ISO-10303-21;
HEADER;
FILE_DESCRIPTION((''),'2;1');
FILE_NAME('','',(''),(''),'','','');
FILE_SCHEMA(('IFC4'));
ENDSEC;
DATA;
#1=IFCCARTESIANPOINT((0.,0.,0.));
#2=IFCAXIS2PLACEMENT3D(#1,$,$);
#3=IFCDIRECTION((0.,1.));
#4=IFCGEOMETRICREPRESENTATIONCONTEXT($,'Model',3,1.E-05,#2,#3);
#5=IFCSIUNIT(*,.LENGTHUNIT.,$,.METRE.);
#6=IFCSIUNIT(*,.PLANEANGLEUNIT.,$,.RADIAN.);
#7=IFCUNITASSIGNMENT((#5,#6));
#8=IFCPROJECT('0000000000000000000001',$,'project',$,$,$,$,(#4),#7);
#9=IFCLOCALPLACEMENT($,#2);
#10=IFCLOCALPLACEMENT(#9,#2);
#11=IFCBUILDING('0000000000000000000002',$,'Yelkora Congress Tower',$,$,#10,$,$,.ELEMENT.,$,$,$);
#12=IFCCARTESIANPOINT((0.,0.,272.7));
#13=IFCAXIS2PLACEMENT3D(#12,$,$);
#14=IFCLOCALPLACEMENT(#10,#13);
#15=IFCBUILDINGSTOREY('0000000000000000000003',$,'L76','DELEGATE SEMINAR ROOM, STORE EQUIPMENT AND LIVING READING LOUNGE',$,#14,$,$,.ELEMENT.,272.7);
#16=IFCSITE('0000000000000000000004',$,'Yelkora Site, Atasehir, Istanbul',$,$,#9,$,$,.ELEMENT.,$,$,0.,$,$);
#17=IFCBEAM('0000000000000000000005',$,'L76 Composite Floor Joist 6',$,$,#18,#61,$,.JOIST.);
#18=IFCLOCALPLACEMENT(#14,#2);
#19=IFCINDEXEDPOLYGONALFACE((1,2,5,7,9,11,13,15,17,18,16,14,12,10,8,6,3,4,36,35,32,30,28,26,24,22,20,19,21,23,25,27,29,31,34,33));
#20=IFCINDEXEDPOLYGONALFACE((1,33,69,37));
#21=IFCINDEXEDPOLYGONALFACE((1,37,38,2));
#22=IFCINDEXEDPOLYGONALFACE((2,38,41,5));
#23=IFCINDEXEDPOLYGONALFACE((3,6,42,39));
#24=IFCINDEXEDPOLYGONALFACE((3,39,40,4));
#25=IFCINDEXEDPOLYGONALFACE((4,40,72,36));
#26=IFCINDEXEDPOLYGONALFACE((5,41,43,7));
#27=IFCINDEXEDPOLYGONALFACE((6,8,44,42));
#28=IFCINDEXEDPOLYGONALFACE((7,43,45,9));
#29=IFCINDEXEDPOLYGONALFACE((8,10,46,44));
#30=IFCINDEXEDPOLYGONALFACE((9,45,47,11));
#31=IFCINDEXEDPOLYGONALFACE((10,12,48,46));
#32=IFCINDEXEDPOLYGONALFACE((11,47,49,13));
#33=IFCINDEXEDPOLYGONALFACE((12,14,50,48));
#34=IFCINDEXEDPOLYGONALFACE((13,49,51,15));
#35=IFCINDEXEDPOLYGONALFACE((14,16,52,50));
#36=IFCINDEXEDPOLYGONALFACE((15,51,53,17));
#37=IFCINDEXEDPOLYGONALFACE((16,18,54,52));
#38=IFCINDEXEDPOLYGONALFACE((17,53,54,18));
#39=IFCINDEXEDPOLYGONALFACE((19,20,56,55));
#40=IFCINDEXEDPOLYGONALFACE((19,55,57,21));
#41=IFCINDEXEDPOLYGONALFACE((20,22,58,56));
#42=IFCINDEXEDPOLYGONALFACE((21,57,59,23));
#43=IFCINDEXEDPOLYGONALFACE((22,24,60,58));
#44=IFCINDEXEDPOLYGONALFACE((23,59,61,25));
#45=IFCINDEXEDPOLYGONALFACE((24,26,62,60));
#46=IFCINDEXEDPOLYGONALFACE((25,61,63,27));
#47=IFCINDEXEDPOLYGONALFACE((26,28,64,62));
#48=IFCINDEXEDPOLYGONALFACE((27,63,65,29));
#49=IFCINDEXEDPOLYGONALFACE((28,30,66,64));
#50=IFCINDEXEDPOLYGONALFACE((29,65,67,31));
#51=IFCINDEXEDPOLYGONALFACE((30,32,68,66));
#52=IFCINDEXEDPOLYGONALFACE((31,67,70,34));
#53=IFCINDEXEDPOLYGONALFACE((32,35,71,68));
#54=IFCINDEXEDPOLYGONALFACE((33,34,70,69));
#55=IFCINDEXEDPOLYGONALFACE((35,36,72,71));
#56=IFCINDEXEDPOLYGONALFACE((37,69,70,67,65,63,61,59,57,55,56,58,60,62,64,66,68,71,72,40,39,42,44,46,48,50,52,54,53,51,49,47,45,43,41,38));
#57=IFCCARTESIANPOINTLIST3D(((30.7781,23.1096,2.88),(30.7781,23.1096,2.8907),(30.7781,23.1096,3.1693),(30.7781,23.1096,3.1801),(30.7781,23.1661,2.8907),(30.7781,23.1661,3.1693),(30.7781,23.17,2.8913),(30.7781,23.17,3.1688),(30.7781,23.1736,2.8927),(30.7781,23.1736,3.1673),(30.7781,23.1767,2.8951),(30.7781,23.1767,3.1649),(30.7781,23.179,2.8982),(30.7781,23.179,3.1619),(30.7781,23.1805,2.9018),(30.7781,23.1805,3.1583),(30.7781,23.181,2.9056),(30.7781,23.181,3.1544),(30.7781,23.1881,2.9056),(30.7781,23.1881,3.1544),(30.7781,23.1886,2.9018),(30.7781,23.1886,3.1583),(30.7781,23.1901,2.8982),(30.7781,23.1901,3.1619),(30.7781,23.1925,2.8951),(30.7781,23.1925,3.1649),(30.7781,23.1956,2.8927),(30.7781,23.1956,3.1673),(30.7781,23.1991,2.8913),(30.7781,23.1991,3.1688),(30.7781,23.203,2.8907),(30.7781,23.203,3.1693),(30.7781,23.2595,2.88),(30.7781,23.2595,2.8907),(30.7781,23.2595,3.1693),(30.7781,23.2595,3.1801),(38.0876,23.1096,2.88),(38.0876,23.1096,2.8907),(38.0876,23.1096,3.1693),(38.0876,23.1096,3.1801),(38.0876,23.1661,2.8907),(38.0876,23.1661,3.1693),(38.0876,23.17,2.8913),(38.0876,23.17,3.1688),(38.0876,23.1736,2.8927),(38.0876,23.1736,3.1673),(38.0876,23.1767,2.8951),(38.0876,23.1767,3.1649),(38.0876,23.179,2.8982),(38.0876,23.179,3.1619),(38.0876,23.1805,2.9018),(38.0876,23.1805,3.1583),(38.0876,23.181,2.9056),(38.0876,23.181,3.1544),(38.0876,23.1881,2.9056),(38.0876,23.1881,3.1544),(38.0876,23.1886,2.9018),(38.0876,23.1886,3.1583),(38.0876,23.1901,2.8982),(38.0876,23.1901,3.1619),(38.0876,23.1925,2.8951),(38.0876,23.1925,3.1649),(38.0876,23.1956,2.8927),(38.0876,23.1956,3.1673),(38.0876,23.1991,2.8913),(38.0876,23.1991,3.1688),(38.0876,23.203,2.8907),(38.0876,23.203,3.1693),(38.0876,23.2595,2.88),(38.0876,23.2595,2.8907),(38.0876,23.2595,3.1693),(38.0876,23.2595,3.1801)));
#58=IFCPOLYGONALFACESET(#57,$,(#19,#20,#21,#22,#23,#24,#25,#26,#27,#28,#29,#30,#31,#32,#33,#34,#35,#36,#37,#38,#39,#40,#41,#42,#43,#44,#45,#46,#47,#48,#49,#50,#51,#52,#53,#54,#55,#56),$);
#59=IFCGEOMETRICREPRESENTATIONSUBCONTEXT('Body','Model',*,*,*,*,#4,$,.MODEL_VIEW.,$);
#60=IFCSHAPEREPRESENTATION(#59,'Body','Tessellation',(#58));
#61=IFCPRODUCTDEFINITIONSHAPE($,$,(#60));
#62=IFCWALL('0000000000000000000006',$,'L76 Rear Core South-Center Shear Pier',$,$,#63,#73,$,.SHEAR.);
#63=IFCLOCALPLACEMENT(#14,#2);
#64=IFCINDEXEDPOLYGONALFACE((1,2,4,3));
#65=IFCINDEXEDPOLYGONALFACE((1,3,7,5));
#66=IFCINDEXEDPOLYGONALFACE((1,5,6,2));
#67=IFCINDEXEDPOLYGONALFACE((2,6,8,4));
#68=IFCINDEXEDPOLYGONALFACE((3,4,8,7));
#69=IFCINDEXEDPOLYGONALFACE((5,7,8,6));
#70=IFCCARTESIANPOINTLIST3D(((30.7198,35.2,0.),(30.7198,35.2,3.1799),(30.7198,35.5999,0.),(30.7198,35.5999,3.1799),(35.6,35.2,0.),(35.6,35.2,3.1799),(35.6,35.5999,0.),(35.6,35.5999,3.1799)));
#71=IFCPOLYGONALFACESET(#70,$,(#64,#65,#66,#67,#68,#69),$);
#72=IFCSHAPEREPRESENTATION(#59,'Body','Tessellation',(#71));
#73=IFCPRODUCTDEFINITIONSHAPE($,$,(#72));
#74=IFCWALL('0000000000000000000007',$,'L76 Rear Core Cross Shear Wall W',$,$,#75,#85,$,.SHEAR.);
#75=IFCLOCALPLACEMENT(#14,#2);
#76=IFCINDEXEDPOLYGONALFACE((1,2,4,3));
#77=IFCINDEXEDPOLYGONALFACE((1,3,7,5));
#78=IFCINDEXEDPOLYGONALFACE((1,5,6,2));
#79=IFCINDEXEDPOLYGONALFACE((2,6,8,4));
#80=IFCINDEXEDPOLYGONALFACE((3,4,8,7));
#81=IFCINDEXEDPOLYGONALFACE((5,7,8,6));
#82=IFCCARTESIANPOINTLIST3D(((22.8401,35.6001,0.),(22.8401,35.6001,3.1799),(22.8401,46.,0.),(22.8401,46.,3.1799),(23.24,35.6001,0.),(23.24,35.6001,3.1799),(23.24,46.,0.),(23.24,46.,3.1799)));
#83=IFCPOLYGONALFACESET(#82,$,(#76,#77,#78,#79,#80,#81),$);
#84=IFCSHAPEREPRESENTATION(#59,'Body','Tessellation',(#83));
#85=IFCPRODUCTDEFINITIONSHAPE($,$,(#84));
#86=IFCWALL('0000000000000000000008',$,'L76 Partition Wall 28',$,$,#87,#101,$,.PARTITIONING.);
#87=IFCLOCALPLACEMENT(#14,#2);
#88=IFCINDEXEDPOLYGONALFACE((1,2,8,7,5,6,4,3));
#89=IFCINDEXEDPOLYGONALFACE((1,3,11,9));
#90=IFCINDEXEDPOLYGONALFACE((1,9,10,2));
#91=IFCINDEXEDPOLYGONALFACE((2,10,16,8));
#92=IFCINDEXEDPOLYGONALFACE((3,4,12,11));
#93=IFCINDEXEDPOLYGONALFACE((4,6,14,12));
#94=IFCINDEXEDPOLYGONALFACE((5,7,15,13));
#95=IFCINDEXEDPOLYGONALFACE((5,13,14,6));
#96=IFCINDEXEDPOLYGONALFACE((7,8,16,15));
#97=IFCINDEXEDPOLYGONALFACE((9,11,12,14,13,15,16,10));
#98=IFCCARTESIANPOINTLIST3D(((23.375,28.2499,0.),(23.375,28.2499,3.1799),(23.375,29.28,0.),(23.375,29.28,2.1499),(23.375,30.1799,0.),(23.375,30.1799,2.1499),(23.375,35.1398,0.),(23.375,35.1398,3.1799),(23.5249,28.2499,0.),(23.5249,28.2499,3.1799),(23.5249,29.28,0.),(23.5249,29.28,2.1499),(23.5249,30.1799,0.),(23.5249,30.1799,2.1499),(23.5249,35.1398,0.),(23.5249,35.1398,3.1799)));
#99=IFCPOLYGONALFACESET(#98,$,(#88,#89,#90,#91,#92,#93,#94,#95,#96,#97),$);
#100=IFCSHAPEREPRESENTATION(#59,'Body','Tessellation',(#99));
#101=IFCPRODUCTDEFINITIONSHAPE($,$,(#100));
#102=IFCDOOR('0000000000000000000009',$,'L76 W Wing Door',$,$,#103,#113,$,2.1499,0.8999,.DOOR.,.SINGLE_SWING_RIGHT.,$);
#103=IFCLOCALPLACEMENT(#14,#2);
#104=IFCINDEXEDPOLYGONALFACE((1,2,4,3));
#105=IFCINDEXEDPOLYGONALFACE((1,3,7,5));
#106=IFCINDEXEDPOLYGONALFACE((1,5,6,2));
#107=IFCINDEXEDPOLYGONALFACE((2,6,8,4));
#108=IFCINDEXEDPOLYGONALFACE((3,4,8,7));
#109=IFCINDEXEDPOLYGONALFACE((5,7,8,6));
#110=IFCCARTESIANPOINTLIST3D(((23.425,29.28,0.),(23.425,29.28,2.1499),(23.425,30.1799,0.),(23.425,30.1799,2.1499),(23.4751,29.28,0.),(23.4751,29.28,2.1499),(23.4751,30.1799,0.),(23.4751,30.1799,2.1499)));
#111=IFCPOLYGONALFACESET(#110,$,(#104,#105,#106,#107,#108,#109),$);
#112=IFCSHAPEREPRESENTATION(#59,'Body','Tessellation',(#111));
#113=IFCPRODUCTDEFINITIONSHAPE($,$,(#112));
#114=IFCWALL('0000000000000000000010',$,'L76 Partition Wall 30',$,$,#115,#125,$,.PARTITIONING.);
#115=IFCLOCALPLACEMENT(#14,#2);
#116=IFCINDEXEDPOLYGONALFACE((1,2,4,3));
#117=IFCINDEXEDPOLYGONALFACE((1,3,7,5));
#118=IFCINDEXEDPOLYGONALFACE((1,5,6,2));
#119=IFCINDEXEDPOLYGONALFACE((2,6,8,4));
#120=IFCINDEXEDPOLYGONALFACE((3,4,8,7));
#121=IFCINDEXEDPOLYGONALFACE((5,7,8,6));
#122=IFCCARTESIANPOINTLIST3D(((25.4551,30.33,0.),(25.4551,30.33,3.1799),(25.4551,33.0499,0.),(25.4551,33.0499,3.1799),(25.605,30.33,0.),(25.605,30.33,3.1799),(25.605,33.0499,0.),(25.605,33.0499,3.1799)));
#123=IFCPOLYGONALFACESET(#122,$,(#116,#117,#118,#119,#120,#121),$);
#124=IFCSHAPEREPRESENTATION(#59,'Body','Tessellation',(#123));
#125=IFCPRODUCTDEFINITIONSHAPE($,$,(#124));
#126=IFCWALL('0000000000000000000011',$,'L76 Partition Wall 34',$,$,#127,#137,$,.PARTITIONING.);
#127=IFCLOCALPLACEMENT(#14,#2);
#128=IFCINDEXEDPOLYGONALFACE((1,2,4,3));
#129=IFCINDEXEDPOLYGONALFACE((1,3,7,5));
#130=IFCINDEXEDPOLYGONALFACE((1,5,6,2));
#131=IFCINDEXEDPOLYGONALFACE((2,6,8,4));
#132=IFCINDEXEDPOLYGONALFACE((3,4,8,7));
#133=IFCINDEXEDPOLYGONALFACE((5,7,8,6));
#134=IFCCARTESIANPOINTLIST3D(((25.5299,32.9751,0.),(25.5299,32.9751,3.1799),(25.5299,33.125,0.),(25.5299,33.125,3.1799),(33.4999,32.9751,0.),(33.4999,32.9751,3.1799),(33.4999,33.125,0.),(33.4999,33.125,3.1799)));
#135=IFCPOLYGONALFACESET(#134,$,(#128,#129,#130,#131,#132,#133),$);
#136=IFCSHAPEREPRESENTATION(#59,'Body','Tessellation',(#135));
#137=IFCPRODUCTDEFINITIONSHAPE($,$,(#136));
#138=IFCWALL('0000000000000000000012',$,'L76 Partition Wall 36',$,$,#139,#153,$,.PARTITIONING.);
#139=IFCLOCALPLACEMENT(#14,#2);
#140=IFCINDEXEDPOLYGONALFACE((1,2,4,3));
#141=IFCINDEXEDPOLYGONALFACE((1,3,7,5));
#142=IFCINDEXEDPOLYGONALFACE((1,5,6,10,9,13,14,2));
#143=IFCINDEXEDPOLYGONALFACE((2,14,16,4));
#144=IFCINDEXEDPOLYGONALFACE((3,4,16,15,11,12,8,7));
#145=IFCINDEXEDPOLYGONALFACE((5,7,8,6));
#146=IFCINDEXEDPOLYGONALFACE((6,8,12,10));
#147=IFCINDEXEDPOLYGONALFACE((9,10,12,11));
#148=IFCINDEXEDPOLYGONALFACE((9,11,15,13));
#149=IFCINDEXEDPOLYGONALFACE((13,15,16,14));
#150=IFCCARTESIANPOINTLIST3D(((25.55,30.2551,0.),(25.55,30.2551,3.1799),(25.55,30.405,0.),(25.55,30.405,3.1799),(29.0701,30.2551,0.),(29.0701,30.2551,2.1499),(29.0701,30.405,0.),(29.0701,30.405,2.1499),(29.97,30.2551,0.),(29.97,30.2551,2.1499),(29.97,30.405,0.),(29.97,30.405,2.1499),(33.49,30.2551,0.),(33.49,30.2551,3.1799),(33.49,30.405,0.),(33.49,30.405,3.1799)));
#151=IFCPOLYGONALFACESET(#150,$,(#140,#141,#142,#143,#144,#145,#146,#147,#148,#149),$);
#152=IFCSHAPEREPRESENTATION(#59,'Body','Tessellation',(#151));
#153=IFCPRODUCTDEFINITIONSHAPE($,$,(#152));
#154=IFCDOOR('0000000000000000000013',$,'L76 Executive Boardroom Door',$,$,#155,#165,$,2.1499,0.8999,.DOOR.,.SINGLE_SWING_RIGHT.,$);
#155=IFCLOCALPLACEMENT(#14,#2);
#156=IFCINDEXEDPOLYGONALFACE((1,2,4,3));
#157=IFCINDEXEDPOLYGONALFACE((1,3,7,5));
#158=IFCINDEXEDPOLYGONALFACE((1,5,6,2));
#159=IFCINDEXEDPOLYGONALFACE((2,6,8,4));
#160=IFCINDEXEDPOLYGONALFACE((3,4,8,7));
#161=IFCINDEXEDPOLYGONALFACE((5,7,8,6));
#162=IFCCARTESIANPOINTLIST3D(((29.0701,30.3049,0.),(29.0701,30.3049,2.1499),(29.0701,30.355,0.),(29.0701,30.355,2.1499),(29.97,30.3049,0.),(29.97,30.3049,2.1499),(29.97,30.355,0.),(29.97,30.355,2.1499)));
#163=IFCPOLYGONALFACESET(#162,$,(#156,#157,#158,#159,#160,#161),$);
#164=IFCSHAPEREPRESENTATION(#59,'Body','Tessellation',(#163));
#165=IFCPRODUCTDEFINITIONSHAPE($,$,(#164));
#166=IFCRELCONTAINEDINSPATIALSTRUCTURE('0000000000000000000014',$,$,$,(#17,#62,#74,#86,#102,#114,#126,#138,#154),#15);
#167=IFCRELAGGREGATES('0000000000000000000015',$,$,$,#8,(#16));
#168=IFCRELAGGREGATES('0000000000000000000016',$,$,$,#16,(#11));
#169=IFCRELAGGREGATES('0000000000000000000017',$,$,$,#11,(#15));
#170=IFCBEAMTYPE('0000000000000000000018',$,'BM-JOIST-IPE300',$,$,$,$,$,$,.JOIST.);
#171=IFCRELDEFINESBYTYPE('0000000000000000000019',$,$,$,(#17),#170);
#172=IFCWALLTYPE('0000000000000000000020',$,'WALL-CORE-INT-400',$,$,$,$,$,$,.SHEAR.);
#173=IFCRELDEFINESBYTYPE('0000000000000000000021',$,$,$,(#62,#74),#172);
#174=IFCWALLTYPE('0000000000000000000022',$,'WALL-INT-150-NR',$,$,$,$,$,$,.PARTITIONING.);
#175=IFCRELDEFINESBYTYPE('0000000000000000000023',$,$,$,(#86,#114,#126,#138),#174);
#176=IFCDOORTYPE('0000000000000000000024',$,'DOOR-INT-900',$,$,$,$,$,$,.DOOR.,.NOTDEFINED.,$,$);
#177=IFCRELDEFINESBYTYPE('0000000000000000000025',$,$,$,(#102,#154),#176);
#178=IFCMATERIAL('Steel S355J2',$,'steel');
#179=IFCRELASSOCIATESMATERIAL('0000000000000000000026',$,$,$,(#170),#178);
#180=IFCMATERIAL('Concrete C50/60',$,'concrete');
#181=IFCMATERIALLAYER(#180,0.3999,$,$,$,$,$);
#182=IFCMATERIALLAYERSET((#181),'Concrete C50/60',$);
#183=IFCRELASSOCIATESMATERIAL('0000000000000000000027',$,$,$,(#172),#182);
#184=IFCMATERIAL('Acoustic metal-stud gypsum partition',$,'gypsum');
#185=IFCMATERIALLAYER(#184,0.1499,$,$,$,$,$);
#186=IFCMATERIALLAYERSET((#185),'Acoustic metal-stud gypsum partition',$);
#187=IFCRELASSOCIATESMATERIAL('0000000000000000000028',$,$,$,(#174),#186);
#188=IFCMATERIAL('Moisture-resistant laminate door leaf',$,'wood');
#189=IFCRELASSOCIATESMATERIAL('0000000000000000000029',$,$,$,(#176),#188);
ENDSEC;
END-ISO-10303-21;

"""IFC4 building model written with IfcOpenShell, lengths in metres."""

from ifc_helpers import new_model, si_unit, direction, frame, frame_2d, origin, origin_2d, place, context, subcontext, project, spatial, rectangle, i_section, extrude, material, layer, layer_set, material_profile, profile_set, type_object, element, fill, save


model = new_model("IFC4")

# Units and contexts
model_context = context("Model", 3, precision=1e-05, world=origin(), true_north=direction((0.0, 1.0)))
body_context = subcontext(model_context, "Body", "Model", "MODEL_VIEW")
ifc_project = project(units=[si_unit("LENGTHUNIT", "METRE"), si_unit("PLANEANGLEUNIT", "RADIAN")], contexts=[model_context])

# Site, building, storey
site_placement = place(None, origin())
site = spatial("IfcSite", under=ifc_project, at=site_placement, Name="Yelkora Site, Atasehir, Istanbul", CompositionType="ELEMENT", RefElevation=0.0)
building_placement = place(site_placement, origin())
building = spatial("IfcBuilding", under=site, at=building_placement, Name="Yelkora Congress Tower", CompositionType="ELEMENT")
storey_placement = place(building_placement, frame((0.0, 0.0, 272.7)))
storey = spatial("IfcBuildingStorey", under=building, at=storey_placement, Name="L76", Description="DELEGATE SEMINAR ROOM, STORE EQUIPMENT AND LIVING READING LOUNGE", CompositionType="ELEMENT", Elevation=272.7)

# Beam
ifc_material_1 = material(Name="Steel S355J2", Category="steel")
ifc_material_profile_1 = material_profile(ifc_material_1, i_section(OverallWidth=0.1499, OverallDepth=0.3, WebThickness=0.0071, FlangeThickness=0.0107, FilletRadius=0.0149, at=origin_2d()), Name="IPE 300")
ifc_profile_set_1 = profile_set([ifc_material_profile_1], Name="Steel S355J2")
beam_type_1 = type_object("IfcBeamType", Name="BM-JOIST-IPE300", PredefinedType="JOIST", material=ifc_profile_set_1)
beam_1_placement = place(storey_placement, frame((30.7781, 23.1846, 3.03), z_axis=(1.0, 0.0, 0.0), x_axis=(0.0, 1.0, 0.0)))
element("IfcBeam", 1, at=beam_1_placement, inside=storey, type_object=beam_type_1, Name="L76 Composite Floor Joist 6", PredefinedType="JOIST", context=body_context, shape_type="SweptSolid", body=[
    extrude(i_section(OverallWidth=0.1499, OverallDepth=0.3, WebThickness=0.0071, FlangeThickness=0.0107, FilletRadius=0.0149, at=origin_2d()), origin(), (0.0, 0.0, 1.0), 7.3096),
])

# Walls
ifc_material_2 = material(Name="Concrete C50/60", Category="concrete")
ifc_layer_1 = layer(ifc_material_2, 0.3999)
ifc_layer_set_1 = layer_set([ifc_layer_1], Name="Concrete C50/60")
wall_type_1 = type_object("IfcWallType", Name="WALL-CORE-INT-400", PredefinedType="SHEAR", material=ifc_layer_set_1)
wall_1_placement = place(storey_placement, frame((30.72, 35.3999, 0.0), z_axis=(0.0, 0.0, 1.0), x_axis=(1.0, 0.0, 0.0)))
element("IfcWall", 2, at=wall_1_placement, inside=storey, type_object=wall_type_1, Name="L76 Rear Core South-Center Shear Pier", PredefinedType="SHEAR", context=body_context, shape_type="SweptSolid", body=[
    extrude(rectangle(XDim=4.8801, YDim=0.3999, at=frame_2d((2.4399, 0.0))), origin(), (0.0, 0.0, 1.0), 3.1799),
])
wall_2_placement = place(storey_placement, frame((23.04, 35.6001, 0.0), z_axis=(0.0, 0.0, 1.0), x_axis=(0.0, 1.0, 0.0)))
element("IfcWall", 3, at=wall_2_placement, inside=storey, type_object=wall_type_1, Name="L76 Rear Core Cross Shear Wall W", PredefinedType="SHEAR", context=body_context, shape_type="SweptSolid", body=[
    extrude(rectangle(XDim=10.3999, YDim=0.3999, at=frame_2d((5.2, 0.0))), origin(), (0.0, 0.0, 1.0), 3.1799),
])

# Wall, opening, door
ifc_material_3 = material(Name="Acoustic metal-stud gypsum partition", Category="gypsum")
ifc_layer_2 = layer(ifc_material_3, 0.1499)
ifc_layer_set_2 = layer_set([ifc_layer_2], Name="Acoustic metal-stud gypsum partition")
wall_type_2 = type_object("IfcWallType", Name="WALL-INT-150-NR", PredefinedType="PARTITIONING", material=ifc_layer_set_2)
wall_3_placement = place(storey_placement, frame((23.45, 28.25, 0.0), z_axis=(0.0, 0.0, 1.0), x_axis=(0.0, 1.0, 0.0)))
wall_3 = element("IfcWall", 4, at=wall_3_placement, inside=storey, type_object=wall_type_2, Name="L76 Partition Wall 28", PredefinedType="PARTITIONING", context=body_context, shape_type="SweptSolid", body=[
    extrude(rectangle(XDim=6.8899, YDim=0.1499, at=frame_2d((3.4448, 0.0))), origin(), (0.0, 0.0, 1.0), 3.1799),
])
opening_1_placement = place(wall_3_placement, frame((1.03, 0.0, 0.0)))
opening_1 = element("IfcOpeningElement", 5, at=opening_1_placement, cuts=wall_3, PredefinedType="OPENING", context=body_context, shape_type="SweptSolid", body=[
    extrude(rectangle(XDim=0.8999, YDim=2.1499, at=frame_2d((0.45, 1.075))), frame((0.0, 0.085, 0.0), z_axis=(0.0, -1.0, 0.0), x_axis=(1.0, 0.0, 0.0)), (0.0, 0.0, 1.0), 0.1699),
])
ifc_material_4 = material(Name="Moisture-resistant laminate door leaf", Category="wood")
door_type_1 = type_object("IfcDoorType", Name="DOOR-INT-900", OperationType="NOTDEFINED", PredefinedType="DOOR", material=ifc_material_4)
door_1_placement = place(opening_1_placement, origin())
door_1 = element("IfcDoor", 6, at=door_1_placement, inside=storey, type_object=door_type_1, Name="L76 W Wing Door", OperationType="SINGLE_SWING_RIGHT", OverallHeight=2.1499, OverallWidth=0.8999, PredefinedType="DOOR", context=body_context, shape_type="SweptSolid", body=[
    extrude(rectangle(XDim=0.8999, YDim=2.1499, at=frame_2d((0.45, 1.075))), frame((0.0, 0.0249, 0.0), z_axis=(0.0, -1.0, 0.0), x_axis=(1.0, 0.0, 0.0)), (0.0, 0.0, 1.0), 0.05),
])
fill(opening_1, door_1)

# Walls
wall_4_placement = place(storey_placement, frame((25.53, 30.3301, 0.0), z_axis=(0.0, 0.0, 1.0), x_axis=(0.0, 1.0, 0.0)))
element("IfcWall", 7, at=wall_4_placement, inside=storey, type_object=wall_type_2, Name="L76 Partition Wall 30", PredefinedType="PARTITIONING", context=body_context, shape_type="SweptSolid", body=[
    extrude(rectangle(XDim=2.72, YDim=0.1499, at=frame_2d((1.3599, 0.0))), origin(), (0.0, 0.0, 1.0), 3.1799),
])
wall_5_placement = place(storey_placement, frame((25.53, 33.05, 0.0), z_axis=(0.0, 0.0, 1.0), x_axis=(1.0, 0.0, 0.0)))
element("IfcWall", 8, at=wall_5_placement, inside=storey, type_object=wall_type_2, Name="L76 Partition Wall 34", PredefinedType="PARTITIONING", context=body_context, shape_type="SweptSolid", body=[
    extrude(rectangle(XDim=7.97, YDim=0.1499, at=frame_2d((3.9849, 0.0))), origin(), (0.0, 0.0, 1.0), 3.1799),
])

# Wall, opening, door
wall_6_placement = place(storey_placement, frame((25.55, 30.3301, 0.0), z_axis=(0.0, 0.0, 1.0), x_axis=(1.0, 0.0, 0.0)))
wall_6 = element("IfcWall", 9, at=wall_6_placement, inside=storey, type_object=wall_type_2, Name="L76 Partition Wall 36", PredefinedType="PARTITIONING", context=body_context, shape_type="SweptSolid", body=[
    extrude(rectangle(XDim=7.9399, YDim=0.1499, at=frame_2d((3.97, 0.0))), origin(), (0.0, 0.0, 1.0), 3.1799),
])
opening_2_placement = place(wall_6_placement, frame((3.52, 0.0, 0.0)))
opening_2 = element("IfcOpeningElement", 10, at=opening_2_placement, cuts=wall_6, PredefinedType="OPENING", context=body_context, shape_type="SweptSolid", body=[
    extrude(rectangle(XDim=0.8999, YDim=2.1499, at=frame_2d((0.45, 1.075))), frame((0.0, 0.085, 0.0), z_axis=(0.0, -1.0, 0.0), x_axis=(1.0, 0.0, 0.0)), (0.0, 0.0, 1.0), 0.1699),
])
door_2_placement = place(opening_2_placement, origin())
door_2 = element("IfcDoor", 11, at=door_2_placement, inside=storey, type_object=door_type_1, Name="L76 Executive Boardroom Door", OperationType="SINGLE_SWING_RIGHT", OverallHeight=2.1499, OverallWidth=0.8999, PredefinedType="DOOR", context=body_context, shape_type="SweptSolid", body=[
    extrude(rectangle(XDim=0.8999, YDim=2.1499, at=frame_2d((0.45, 1.075))), frame((0.0, 0.0249, 0.0), z_axis=(0.0, -1.0, 0.0), x_axis=(1.0, 0.0, 0.0)), (0.0, 0.0, 1.0), 0.05),
])
fill(opening_2, door_2)

save(model, "model.ifc")
